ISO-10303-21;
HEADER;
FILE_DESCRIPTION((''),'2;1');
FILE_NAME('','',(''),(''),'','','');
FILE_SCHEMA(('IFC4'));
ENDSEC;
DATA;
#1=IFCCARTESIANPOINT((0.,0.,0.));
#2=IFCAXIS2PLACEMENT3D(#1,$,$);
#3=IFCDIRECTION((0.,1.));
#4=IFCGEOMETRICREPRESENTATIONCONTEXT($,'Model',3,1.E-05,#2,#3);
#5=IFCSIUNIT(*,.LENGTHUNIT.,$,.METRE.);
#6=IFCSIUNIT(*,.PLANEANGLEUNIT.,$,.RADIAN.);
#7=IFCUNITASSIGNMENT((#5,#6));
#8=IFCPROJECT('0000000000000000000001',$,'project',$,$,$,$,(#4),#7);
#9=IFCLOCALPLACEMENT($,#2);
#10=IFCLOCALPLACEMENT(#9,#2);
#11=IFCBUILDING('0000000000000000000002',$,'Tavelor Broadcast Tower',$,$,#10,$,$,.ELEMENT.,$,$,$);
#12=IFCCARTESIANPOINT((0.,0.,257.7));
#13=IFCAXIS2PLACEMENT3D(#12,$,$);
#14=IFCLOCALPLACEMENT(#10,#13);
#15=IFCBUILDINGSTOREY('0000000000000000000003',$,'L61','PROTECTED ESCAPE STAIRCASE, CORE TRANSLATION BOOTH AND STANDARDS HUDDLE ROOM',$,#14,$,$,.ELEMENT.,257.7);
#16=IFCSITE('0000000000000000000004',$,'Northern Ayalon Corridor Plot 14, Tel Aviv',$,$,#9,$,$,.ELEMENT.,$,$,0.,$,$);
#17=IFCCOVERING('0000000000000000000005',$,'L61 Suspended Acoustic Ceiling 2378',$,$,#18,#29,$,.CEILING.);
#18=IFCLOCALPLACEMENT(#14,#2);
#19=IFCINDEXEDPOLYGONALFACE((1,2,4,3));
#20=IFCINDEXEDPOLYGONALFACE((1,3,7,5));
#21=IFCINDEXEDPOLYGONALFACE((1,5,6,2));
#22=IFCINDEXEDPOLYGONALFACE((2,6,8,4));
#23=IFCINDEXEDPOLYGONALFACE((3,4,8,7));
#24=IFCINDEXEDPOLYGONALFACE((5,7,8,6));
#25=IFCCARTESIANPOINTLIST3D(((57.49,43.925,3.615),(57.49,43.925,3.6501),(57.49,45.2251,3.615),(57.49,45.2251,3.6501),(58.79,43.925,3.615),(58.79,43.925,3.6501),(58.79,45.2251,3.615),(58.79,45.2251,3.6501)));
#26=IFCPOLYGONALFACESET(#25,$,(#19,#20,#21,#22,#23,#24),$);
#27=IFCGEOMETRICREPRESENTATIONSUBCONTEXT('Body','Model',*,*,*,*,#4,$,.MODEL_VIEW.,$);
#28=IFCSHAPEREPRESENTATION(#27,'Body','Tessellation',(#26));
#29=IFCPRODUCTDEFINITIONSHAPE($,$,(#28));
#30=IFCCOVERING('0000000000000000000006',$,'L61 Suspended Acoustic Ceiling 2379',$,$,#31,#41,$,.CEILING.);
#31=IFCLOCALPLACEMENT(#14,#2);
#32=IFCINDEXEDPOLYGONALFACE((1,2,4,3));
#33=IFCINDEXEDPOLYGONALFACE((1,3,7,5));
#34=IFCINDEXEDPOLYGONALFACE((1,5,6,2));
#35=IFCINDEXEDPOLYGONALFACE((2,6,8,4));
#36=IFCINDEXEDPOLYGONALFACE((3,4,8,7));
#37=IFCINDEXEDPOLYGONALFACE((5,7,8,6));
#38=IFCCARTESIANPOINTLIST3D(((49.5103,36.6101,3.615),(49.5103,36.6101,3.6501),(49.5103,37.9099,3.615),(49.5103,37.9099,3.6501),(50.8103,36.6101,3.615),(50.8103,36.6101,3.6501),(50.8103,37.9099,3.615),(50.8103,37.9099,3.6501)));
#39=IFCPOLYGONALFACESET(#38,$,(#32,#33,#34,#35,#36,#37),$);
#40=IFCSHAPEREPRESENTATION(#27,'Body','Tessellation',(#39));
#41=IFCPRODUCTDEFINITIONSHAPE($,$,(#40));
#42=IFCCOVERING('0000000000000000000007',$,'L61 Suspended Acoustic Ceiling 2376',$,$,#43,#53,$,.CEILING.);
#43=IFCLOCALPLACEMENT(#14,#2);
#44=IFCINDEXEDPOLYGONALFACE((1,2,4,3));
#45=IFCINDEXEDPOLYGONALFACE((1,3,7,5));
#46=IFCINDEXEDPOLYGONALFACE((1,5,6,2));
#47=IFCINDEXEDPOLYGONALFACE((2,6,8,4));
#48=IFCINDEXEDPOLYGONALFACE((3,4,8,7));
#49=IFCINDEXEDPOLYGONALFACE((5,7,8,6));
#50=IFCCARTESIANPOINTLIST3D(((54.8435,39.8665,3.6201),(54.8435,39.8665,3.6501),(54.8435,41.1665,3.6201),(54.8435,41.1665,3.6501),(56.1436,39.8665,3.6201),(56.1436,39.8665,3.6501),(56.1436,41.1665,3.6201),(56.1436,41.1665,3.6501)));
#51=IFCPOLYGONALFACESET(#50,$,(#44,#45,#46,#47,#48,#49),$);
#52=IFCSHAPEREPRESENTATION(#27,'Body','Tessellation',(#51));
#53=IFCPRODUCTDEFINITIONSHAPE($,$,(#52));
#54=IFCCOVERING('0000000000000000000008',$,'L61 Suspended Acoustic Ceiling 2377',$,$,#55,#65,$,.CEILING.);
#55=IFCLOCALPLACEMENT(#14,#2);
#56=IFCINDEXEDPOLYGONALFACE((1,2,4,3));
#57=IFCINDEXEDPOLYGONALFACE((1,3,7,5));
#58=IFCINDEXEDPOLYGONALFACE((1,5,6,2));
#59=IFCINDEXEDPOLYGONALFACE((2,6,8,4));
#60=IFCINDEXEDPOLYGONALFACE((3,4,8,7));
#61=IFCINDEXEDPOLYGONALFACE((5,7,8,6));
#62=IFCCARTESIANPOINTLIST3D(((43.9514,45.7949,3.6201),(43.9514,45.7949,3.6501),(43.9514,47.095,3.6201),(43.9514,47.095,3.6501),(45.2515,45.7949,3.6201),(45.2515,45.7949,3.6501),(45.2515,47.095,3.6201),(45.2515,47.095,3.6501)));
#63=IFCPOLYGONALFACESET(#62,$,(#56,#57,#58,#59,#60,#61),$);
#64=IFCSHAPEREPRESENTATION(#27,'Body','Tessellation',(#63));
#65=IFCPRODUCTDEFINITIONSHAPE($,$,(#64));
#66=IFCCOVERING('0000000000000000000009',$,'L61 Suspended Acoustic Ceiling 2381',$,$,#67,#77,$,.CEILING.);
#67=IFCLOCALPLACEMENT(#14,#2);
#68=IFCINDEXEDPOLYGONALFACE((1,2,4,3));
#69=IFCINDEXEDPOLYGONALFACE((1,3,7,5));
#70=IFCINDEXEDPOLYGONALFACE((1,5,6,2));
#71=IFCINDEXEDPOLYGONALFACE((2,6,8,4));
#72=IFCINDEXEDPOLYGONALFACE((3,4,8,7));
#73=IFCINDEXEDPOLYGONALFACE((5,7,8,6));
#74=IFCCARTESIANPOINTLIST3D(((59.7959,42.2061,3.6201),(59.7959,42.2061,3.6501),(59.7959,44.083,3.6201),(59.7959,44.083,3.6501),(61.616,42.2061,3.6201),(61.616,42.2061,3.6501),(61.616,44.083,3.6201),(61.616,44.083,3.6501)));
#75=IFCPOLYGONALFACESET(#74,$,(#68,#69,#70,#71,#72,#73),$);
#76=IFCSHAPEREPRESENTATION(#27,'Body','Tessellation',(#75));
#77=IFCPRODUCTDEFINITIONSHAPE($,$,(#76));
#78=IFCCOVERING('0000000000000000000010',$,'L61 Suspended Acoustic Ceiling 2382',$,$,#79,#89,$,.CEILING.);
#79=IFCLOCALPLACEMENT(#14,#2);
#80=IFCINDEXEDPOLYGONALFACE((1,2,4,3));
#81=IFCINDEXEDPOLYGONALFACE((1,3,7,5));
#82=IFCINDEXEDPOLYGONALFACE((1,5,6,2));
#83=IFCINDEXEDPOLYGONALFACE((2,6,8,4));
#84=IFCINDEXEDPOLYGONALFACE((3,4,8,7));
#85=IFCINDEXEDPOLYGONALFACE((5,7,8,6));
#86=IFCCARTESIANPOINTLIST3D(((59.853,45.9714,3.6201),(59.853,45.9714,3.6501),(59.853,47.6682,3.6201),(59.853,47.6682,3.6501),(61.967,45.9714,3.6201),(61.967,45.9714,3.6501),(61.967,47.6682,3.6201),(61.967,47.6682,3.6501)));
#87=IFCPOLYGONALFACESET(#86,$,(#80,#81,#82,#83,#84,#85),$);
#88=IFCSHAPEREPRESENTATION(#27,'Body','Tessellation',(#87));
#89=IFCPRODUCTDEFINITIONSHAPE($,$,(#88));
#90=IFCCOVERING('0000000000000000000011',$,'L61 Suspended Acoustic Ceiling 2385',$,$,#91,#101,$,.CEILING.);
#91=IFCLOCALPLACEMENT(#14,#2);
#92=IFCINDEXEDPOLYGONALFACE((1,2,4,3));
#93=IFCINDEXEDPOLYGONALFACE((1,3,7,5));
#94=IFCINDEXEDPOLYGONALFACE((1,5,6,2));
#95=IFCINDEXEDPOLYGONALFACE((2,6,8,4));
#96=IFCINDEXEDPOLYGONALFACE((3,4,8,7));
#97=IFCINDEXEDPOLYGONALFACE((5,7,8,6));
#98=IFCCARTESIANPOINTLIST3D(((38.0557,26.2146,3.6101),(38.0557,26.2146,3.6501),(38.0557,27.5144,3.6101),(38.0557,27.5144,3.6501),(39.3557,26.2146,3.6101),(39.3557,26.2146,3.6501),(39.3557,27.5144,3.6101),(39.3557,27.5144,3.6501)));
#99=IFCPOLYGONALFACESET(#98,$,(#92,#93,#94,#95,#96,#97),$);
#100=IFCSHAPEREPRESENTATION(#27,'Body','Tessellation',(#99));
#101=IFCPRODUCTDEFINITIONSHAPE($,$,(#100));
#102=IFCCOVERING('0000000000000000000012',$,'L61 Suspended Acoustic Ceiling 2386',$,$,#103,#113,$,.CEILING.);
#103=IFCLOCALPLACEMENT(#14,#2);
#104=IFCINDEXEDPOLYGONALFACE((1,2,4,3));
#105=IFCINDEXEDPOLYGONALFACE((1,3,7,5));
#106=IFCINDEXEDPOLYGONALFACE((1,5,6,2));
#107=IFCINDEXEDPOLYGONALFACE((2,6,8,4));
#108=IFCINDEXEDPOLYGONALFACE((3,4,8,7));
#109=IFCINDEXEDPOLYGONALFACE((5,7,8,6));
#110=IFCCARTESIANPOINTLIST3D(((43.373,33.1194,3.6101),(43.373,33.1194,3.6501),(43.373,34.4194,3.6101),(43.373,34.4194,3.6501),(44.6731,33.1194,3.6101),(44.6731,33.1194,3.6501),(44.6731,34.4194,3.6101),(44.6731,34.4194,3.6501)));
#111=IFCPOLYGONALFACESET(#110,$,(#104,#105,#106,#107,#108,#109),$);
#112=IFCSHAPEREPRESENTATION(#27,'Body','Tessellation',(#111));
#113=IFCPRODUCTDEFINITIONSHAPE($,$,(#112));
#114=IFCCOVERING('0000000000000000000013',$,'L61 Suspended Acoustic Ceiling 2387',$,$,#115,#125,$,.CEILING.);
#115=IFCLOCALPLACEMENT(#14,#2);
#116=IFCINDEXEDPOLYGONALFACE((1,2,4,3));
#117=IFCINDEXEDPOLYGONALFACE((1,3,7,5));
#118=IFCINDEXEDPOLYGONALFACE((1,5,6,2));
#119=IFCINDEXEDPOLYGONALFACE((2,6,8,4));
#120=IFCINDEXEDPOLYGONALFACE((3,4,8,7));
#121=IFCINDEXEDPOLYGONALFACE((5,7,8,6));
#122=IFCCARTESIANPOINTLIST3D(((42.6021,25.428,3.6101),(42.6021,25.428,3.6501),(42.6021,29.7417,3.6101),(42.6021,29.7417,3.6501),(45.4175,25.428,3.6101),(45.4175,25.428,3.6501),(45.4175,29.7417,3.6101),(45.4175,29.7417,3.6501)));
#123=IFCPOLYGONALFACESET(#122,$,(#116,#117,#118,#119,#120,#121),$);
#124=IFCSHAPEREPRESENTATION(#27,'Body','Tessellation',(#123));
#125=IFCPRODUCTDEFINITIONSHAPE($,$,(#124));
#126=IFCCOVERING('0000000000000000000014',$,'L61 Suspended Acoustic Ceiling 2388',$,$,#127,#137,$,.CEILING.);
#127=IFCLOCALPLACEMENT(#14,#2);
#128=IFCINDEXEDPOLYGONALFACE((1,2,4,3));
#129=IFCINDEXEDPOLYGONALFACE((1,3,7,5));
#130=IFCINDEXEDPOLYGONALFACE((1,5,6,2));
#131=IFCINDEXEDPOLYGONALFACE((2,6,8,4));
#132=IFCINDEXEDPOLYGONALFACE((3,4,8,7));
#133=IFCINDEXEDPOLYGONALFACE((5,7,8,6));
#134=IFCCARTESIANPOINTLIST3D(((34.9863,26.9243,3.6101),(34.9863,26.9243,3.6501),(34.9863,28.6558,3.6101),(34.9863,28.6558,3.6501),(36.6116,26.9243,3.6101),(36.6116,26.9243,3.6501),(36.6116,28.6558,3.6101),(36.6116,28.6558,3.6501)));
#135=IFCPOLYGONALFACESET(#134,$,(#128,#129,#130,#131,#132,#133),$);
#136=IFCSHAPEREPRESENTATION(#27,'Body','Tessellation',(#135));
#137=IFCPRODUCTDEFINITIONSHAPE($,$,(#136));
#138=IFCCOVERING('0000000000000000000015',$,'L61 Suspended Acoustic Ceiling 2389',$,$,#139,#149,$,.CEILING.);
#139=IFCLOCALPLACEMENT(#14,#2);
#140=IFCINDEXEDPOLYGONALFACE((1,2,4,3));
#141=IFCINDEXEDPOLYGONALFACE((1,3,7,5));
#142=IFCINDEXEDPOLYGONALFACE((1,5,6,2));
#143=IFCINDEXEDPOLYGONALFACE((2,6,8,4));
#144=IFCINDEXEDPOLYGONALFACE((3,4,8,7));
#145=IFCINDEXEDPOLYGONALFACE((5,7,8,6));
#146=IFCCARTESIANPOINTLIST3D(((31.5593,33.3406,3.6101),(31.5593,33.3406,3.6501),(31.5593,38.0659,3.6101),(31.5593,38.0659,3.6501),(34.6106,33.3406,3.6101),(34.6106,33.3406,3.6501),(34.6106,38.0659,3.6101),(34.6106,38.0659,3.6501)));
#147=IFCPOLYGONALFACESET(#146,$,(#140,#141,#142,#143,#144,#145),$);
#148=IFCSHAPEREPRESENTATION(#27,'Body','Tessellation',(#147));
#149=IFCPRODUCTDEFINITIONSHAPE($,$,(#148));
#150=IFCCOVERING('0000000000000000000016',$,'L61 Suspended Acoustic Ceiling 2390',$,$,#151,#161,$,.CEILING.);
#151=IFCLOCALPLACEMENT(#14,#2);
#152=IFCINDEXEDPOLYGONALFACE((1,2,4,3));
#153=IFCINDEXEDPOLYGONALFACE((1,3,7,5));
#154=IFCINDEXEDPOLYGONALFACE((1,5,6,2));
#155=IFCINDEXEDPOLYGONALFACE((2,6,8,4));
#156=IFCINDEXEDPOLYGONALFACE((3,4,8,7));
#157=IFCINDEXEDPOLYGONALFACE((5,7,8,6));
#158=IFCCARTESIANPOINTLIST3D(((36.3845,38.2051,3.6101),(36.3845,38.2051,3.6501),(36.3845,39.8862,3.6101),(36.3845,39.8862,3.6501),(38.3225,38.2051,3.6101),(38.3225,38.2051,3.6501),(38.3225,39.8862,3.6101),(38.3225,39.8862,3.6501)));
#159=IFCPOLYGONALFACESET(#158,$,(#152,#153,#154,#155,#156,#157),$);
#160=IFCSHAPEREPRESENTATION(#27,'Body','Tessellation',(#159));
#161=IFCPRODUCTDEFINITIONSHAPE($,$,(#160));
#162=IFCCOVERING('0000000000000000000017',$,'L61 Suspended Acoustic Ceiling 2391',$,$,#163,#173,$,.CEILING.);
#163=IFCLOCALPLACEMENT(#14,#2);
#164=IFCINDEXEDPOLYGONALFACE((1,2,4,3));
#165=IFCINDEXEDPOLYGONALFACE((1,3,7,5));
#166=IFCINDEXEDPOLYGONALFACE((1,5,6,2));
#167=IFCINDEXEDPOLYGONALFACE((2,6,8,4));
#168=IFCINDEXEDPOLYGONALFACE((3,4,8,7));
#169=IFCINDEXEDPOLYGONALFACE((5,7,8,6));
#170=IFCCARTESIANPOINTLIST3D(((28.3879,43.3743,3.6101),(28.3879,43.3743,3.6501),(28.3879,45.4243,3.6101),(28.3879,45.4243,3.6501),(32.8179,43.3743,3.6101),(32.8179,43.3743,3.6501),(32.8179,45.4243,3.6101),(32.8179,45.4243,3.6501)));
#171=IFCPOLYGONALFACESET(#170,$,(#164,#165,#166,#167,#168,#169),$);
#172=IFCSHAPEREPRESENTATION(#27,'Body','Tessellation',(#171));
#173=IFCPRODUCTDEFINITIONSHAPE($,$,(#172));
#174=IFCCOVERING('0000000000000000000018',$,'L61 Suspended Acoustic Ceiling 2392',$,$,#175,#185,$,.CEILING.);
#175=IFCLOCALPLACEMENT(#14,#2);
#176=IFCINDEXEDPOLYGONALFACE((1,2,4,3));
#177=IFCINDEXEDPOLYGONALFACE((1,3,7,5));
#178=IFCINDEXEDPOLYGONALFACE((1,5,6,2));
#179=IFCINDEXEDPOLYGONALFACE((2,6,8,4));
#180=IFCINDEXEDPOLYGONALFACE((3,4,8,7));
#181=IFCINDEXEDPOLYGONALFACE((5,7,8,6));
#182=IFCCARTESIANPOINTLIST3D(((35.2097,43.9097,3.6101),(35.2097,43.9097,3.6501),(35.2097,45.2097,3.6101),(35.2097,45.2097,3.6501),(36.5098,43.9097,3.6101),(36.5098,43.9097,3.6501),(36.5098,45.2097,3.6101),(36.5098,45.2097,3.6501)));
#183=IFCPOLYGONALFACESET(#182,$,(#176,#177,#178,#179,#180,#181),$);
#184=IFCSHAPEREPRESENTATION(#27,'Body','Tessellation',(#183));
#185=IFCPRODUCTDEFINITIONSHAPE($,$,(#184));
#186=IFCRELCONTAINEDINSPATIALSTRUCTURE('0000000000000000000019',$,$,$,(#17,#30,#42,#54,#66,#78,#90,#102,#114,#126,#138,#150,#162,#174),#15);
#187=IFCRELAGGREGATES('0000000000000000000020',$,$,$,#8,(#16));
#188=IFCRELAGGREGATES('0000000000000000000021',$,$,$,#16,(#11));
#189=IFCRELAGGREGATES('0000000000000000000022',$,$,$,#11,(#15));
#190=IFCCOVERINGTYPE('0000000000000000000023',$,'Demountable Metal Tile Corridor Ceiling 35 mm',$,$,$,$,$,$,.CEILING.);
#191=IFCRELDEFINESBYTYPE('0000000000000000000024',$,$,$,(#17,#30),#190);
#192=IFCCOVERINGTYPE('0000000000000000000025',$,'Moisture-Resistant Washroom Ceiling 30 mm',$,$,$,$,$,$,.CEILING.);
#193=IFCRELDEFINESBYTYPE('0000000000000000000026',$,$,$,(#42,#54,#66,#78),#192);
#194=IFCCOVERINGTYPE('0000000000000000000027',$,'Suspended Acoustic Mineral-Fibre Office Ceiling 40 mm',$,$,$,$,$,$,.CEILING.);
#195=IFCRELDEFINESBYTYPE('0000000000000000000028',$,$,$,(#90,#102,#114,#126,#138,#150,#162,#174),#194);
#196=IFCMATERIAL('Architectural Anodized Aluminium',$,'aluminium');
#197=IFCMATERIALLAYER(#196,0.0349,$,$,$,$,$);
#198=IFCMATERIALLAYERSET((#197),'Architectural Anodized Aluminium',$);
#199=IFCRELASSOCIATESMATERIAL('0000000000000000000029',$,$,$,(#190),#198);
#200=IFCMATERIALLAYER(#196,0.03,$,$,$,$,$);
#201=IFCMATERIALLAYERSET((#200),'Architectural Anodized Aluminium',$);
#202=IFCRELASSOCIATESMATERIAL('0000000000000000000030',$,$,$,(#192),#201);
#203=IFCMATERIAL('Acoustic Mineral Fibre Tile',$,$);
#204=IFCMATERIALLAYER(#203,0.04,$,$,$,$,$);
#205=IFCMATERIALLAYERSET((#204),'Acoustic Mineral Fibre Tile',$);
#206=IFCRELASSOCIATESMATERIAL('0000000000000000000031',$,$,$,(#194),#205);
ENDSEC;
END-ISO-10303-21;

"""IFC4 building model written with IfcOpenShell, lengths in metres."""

from ifc_helpers import new_model, si_unit, direction, frame, origin, place, context, subcontext, project, spatial, polyline, outline, extrude, material, layer, layer_set, type_object, element, save


model = new_model("IFC4")

# Units and contexts
model_context = context("Model", 3, precision=1e-05, world=origin(), true_north=direction((0.0, 1.0)))
body_context = subcontext(model_context, "Body", "Model", "MODEL_VIEW")
ifc_project = project(units=[si_unit("LENGTHUNIT", "METRE"), si_unit("PLANEANGLEUNIT", "RADIAN")], contexts=[model_context])

# Site, building, storey
site_placement = place(None, origin())
site = spatial("IfcSite", under=ifc_project, at=site_placement, Name="Northern Ayalon Corridor Plot 14, Tel Aviv", CompositionType="ELEMENT", RefElevation=0.0)
building_placement = place(site_placement, origin())
building = spatial("IfcBuilding", under=site, at=building_placement, Name="Tavelor Broadcast Tower", CompositionType="ELEMENT")
storey_placement = place(building_placement, frame((0.0, 0.0, 257.7)))
storey = spatial("IfcBuildingStorey", under=building, at=storey_placement, Name="L61", Description="PROTECTED ESCAPE STAIRCASE, CORE TRANSLATION BOOTH AND STANDARDS HUDDLE ROOM", CompositionType="ELEMENT", Elevation=257.7)

# Coverings
ifc_material_1 = material(Name="Architectural Anodized Aluminium", Category="aluminium")
ifc_layer_1 = layer(ifc_material_1, 0.0349)
ifc_layer_set_1 = layer_set([ifc_layer_1], Name="Architectural Anodized Aluminium")
covering_type_1 = type_object("IfcCoveringType", Name="Demountable Metal Tile Corridor Ceiling 35 mm", PredefinedType="CEILING", material=ifc_layer_set_1)
covering_1_placement = place(storey_placement, frame((0.0, 0.0, 3.615)))
element("IfcCovering", 1, at=covering_1_placement, inside=storey, type_object=covering_type_1, Name="L61 Suspended Acoustic Ceiling 2378", PredefinedType="CEILING", context=body_context, shape_type="SweptSolid", body=[
    extrude(outline(polyline([(57.49, 43.925), (58.79, 43.925), (58.79, 45.2251), (57.49, 45.2251), (57.49, 43.925)])), origin(), (0.0, 0.0, 1.0), 0.0352),
])
covering_2_placement = place(storey_placement, frame((0.0, 0.0, 3.615)))
element("IfcCovering", 2, at=covering_2_placement, inside=storey, type_object=covering_type_1, Name="L61 Suspended Acoustic Ceiling 2379", PredefinedType="CEILING", context=body_context, shape_type="SweptSolid", body=[
    extrude(outline(polyline([(49.5103, 36.6101), (50.8103, 36.6101), (50.8103, 37.9099), (49.5103, 37.9099), (49.5103, 36.6101)])), origin(), (0.0, 0.0, 1.0), 0.0352),
])
ifc_layer_2 = layer(ifc_material_1, 0.03)
ifc_layer_set_2 = layer_set([ifc_layer_2], Name="Architectural Anodized Aluminium")
covering_type_2 = type_object("IfcCoveringType", Name="Moisture-Resistant Washroom Ceiling 30 mm", PredefinedType="CEILING", material=ifc_layer_set_2)
covering_3_placement = place(storey_placement, frame((0.0, 0.0, 3.6201)))
element("IfcCovering", 3, at=covering_3_placement, inside=storey, type_object=covering_type_2, Name="L61 Suspended Acoustic Ceiling 2376", PredefinedType="CEILING", context=body_context, shape_type="SweptSolid", body=[
    extrude(outline(polyline([(54.8435, 39.8665), (56.1436, 39.8665), (56.1436, 41.1665), (54.8435, 41.1665), (54.8435, 39.8665)])), origin(), (0.0, 0.0, 1.0), 0.03),
])
covering_4_placement = place(storey_placement, frame((0.0, 0.0, 3.6201)))
element("IfcCovering", 4, at=covering_4_placement, inside=storey, type_object=covering_type_2, Name="L61 Suspended Acoustic Ceiling 2377", PredefinedType="CEILING", context=body_context, shape_type="SweptSolid", body=[
    extrude(outline(polyline([(43.9514, 45.7949), (45.2515, 45.7949), (45.2515, 47.095), (43.9514, 47.095), (43.9514, 45.7949)])), origin(), (0.0, 0.0, 1.0), 0.03),
])
covering_5_placement = place(storey_placement, frame((0.0, 0.0, 3.6201)))
element("IfcCovering", 5, at=covering_5_placement, inside=storey, type_object=covering_type_2, Name="L61 Suspended Acoustic Ceiling 2381", PredefinedType="CEILING", context=body_context, shape_type="SweptSolid", body=[
    extrude(outline(polyline([(59.7959, 42.2061), (61.616, 42.2061), (61.616, 44.083), (59.7959, 44.083), (59.7959, 42.2061)])), origin(), (0.0, 0.0, 1.0), 0.03),
])
covering_6_placement = place(storey_placement, frame((0.0, 0.0, 3.6201)))
element("IfcCovering", 6, at=covering_6_placement, inside=storey, type_object=covering_type_2, Name="L61 Suspended Acoustic Ceiling 2382", PredefinedType="CEILING", context=body_context, shape_type="SweptSolid", body=[
    extrude(outline(polyline([(59.853, 45.9714), (61.967, 45.9714), (61.967, 47.6682), (59.853, 47.6682), (59.853, 45.9714)])), origin(), (0.0, 0.0, 1.0), 0.03),
])
ifc_material_2 = material(Name="Acoustic Mineral Fibre Tile")
ifc_layer_3 = layer(ifc_material_2, 0.04)
ifc_layer_set_3 = layer_set([ifc_layer_3], Name="Acoustic Mineral Fibre Tile")
covering_type_3 = type_object("IfcCoveringType", Name="Suspended Acoustic Mineral-Fibre Office Ceiling 40 mm", PredefinedType="CEILING", material=ifc_layer_set_3)
covering_7_placement = place(storey_placement, frame((0.0, 0.0, 3.6101)))
element("IfcCovering", 7, at=covering_7_placement, inside=storey, type_object=covering_type_3, Name="L61 Suspended Acoustic Ceiling 2385", PredefinedType="CEILING", context=body_context, shape_type="SweptSolid", body=[
    extrude(outline(polyline([(38.0557, 26.2146), (39.3557, 26.2146), (39.3557, 27.5144), (38.0557, 27.5144), (38.0557, 26.2146)])), origin(), (0.0, 0.0, 1.0), 0.04),
])
covering_8_placement = place(storey_placement, frame((0.0, 0.0, 3.6101)))
element("IfcCovering", 8, at=covering_8_placement, inside=storey, type_object=covering_type_3, Name="L61 Suspended Acoustic Ceiling 2386", PredefinedType="CEILING", context=body_context, shape_type="SweptSolid", body=[
    extrude(outline(polyline([(43.373, 33.1194), (44.6731, 33.1194), (44.6731, 34.4194), (43.373, 34.4194), (43.373, 33.1194)])), origin(), (0.0, 0.0, 1.0), 0.04),
])
covering_9_placement = place(storey_placement, frame((0.0, 0.0, 3.6101)))
element("IfcCovering", 9, at=covering_9_placement, inside=storey, type_object=covering_type_3, Name="L61 Suspended Acoustic Ceiling 2387", PredefinedType="CEILING", context=body_context, shape_type="SweptSolid", body=[
    extrude(outline(polyline([(42.6021, 25.428), (45.4175, 25.428), (45.4175, 29.7417), (42.6021, 29.7417), (42.6021, 25.428)])), origin(), (0.0, 0.0, 1.0), 0.04),
])
covering_10_placement = place(storey_placement, frame((0.0, 0.0, 3.6101)))
element("IfcCovering", 10, at=covering_10_placement, inside=storey, type_object=covering_type_3, Name="L61 Suspended Acoustic Ceiling 2388", PredefinedType="CEILING", context=body_context, shape_type="SweptSolid", body=[
    extrude(outline(polyline([(34.9863, 26.9243), (36.6116, 26.9243), (36.6116, 28.6558), (34.9863, 28.6558), (34.9863, 26.9243)])), origin(), (0.0, 0.0, 1.0), 0.04),
])
covering_11_placement = place(storey_placement, frame((0.0, 0.0, 3.6101)))
element("IfcCovering", 11, at=covering_11_placement, inside=storey, type_object=covering_type_3, Name="L61 Suspended Acoustic Ceiling 2389", PredefinedType="CEILING", context=body_context, shape_type="SweptSolid", body=[
    extrude(outline(polyline([(31.5593, 33.3406), (34.6106, 33.3406), (34.6106, 38.0659), (31.5593, 38.0659), (31.5593, 33.3406)])), origin(), (0.0, 0.0, 1.0), 0.04),
])
covering_12_placement = place(storey_placement, frame((0.0, 0.0, 3.6101)))
element("IfcCovering", 12, at=covering_12_placement, inside=storey, type_object=covering_type_3, Name="L61 Suspended Acoustic Ceiling 2390", PredefinedType="CEILING", context=body_context, shape_type="SweptSolid", body=[
    extrude(outline(polyline([(36.3845, 38.2051), (38.3225, 38.2051), (38.3225, 39.8862), (36.3845, 39.8862), (36.3845, 38.2051)])), origin(), (0.0, 0.0, 1.0), 0.04),
])
covering_13_placement = place(storey_placement, frame((0.0, 0.0, 3.6101)))
element("IfcCovering", 13, at=covering_13_placement, inside=storey, type_object=covering_type_3, Name="L61 Suspended Acoustic Ceiling 2391", PredefinedType="CEILING", context=body_context, shape_type="SweptSolid", body=[
    extrude(outline(polyline([(28.3879, 43.3743), (32.8179, 43.3743), (32.8179, 45.4243), (28.3879, 45.4243), (28.3879, 43.3743)])), origin(), (0.0, 0.0, 1.0), 0.04),
])
covering_14_placement = place(storey_placement, frame((0.0, 0.0, 3.6101)))
element("IfcCovering", 14, at=covering_14_placement, inside=storey, type_object=covering_type_3, Name="L61 Suspended Acoustic Ceiling 2392", PredefinedType="CEILING", context=body_context, shape_type="SweptSolid", body=[
    extrude(outline(polyline([(35.2097, 43.9097), (36.5098, 43.9097), (36.5098, 45.2097), (35.2097, 45.2097), (35.2097, 43.9097)])), origin(), (0.0, 0.0, 1.0), 0.04),
])

save(model, "model.ifc")
